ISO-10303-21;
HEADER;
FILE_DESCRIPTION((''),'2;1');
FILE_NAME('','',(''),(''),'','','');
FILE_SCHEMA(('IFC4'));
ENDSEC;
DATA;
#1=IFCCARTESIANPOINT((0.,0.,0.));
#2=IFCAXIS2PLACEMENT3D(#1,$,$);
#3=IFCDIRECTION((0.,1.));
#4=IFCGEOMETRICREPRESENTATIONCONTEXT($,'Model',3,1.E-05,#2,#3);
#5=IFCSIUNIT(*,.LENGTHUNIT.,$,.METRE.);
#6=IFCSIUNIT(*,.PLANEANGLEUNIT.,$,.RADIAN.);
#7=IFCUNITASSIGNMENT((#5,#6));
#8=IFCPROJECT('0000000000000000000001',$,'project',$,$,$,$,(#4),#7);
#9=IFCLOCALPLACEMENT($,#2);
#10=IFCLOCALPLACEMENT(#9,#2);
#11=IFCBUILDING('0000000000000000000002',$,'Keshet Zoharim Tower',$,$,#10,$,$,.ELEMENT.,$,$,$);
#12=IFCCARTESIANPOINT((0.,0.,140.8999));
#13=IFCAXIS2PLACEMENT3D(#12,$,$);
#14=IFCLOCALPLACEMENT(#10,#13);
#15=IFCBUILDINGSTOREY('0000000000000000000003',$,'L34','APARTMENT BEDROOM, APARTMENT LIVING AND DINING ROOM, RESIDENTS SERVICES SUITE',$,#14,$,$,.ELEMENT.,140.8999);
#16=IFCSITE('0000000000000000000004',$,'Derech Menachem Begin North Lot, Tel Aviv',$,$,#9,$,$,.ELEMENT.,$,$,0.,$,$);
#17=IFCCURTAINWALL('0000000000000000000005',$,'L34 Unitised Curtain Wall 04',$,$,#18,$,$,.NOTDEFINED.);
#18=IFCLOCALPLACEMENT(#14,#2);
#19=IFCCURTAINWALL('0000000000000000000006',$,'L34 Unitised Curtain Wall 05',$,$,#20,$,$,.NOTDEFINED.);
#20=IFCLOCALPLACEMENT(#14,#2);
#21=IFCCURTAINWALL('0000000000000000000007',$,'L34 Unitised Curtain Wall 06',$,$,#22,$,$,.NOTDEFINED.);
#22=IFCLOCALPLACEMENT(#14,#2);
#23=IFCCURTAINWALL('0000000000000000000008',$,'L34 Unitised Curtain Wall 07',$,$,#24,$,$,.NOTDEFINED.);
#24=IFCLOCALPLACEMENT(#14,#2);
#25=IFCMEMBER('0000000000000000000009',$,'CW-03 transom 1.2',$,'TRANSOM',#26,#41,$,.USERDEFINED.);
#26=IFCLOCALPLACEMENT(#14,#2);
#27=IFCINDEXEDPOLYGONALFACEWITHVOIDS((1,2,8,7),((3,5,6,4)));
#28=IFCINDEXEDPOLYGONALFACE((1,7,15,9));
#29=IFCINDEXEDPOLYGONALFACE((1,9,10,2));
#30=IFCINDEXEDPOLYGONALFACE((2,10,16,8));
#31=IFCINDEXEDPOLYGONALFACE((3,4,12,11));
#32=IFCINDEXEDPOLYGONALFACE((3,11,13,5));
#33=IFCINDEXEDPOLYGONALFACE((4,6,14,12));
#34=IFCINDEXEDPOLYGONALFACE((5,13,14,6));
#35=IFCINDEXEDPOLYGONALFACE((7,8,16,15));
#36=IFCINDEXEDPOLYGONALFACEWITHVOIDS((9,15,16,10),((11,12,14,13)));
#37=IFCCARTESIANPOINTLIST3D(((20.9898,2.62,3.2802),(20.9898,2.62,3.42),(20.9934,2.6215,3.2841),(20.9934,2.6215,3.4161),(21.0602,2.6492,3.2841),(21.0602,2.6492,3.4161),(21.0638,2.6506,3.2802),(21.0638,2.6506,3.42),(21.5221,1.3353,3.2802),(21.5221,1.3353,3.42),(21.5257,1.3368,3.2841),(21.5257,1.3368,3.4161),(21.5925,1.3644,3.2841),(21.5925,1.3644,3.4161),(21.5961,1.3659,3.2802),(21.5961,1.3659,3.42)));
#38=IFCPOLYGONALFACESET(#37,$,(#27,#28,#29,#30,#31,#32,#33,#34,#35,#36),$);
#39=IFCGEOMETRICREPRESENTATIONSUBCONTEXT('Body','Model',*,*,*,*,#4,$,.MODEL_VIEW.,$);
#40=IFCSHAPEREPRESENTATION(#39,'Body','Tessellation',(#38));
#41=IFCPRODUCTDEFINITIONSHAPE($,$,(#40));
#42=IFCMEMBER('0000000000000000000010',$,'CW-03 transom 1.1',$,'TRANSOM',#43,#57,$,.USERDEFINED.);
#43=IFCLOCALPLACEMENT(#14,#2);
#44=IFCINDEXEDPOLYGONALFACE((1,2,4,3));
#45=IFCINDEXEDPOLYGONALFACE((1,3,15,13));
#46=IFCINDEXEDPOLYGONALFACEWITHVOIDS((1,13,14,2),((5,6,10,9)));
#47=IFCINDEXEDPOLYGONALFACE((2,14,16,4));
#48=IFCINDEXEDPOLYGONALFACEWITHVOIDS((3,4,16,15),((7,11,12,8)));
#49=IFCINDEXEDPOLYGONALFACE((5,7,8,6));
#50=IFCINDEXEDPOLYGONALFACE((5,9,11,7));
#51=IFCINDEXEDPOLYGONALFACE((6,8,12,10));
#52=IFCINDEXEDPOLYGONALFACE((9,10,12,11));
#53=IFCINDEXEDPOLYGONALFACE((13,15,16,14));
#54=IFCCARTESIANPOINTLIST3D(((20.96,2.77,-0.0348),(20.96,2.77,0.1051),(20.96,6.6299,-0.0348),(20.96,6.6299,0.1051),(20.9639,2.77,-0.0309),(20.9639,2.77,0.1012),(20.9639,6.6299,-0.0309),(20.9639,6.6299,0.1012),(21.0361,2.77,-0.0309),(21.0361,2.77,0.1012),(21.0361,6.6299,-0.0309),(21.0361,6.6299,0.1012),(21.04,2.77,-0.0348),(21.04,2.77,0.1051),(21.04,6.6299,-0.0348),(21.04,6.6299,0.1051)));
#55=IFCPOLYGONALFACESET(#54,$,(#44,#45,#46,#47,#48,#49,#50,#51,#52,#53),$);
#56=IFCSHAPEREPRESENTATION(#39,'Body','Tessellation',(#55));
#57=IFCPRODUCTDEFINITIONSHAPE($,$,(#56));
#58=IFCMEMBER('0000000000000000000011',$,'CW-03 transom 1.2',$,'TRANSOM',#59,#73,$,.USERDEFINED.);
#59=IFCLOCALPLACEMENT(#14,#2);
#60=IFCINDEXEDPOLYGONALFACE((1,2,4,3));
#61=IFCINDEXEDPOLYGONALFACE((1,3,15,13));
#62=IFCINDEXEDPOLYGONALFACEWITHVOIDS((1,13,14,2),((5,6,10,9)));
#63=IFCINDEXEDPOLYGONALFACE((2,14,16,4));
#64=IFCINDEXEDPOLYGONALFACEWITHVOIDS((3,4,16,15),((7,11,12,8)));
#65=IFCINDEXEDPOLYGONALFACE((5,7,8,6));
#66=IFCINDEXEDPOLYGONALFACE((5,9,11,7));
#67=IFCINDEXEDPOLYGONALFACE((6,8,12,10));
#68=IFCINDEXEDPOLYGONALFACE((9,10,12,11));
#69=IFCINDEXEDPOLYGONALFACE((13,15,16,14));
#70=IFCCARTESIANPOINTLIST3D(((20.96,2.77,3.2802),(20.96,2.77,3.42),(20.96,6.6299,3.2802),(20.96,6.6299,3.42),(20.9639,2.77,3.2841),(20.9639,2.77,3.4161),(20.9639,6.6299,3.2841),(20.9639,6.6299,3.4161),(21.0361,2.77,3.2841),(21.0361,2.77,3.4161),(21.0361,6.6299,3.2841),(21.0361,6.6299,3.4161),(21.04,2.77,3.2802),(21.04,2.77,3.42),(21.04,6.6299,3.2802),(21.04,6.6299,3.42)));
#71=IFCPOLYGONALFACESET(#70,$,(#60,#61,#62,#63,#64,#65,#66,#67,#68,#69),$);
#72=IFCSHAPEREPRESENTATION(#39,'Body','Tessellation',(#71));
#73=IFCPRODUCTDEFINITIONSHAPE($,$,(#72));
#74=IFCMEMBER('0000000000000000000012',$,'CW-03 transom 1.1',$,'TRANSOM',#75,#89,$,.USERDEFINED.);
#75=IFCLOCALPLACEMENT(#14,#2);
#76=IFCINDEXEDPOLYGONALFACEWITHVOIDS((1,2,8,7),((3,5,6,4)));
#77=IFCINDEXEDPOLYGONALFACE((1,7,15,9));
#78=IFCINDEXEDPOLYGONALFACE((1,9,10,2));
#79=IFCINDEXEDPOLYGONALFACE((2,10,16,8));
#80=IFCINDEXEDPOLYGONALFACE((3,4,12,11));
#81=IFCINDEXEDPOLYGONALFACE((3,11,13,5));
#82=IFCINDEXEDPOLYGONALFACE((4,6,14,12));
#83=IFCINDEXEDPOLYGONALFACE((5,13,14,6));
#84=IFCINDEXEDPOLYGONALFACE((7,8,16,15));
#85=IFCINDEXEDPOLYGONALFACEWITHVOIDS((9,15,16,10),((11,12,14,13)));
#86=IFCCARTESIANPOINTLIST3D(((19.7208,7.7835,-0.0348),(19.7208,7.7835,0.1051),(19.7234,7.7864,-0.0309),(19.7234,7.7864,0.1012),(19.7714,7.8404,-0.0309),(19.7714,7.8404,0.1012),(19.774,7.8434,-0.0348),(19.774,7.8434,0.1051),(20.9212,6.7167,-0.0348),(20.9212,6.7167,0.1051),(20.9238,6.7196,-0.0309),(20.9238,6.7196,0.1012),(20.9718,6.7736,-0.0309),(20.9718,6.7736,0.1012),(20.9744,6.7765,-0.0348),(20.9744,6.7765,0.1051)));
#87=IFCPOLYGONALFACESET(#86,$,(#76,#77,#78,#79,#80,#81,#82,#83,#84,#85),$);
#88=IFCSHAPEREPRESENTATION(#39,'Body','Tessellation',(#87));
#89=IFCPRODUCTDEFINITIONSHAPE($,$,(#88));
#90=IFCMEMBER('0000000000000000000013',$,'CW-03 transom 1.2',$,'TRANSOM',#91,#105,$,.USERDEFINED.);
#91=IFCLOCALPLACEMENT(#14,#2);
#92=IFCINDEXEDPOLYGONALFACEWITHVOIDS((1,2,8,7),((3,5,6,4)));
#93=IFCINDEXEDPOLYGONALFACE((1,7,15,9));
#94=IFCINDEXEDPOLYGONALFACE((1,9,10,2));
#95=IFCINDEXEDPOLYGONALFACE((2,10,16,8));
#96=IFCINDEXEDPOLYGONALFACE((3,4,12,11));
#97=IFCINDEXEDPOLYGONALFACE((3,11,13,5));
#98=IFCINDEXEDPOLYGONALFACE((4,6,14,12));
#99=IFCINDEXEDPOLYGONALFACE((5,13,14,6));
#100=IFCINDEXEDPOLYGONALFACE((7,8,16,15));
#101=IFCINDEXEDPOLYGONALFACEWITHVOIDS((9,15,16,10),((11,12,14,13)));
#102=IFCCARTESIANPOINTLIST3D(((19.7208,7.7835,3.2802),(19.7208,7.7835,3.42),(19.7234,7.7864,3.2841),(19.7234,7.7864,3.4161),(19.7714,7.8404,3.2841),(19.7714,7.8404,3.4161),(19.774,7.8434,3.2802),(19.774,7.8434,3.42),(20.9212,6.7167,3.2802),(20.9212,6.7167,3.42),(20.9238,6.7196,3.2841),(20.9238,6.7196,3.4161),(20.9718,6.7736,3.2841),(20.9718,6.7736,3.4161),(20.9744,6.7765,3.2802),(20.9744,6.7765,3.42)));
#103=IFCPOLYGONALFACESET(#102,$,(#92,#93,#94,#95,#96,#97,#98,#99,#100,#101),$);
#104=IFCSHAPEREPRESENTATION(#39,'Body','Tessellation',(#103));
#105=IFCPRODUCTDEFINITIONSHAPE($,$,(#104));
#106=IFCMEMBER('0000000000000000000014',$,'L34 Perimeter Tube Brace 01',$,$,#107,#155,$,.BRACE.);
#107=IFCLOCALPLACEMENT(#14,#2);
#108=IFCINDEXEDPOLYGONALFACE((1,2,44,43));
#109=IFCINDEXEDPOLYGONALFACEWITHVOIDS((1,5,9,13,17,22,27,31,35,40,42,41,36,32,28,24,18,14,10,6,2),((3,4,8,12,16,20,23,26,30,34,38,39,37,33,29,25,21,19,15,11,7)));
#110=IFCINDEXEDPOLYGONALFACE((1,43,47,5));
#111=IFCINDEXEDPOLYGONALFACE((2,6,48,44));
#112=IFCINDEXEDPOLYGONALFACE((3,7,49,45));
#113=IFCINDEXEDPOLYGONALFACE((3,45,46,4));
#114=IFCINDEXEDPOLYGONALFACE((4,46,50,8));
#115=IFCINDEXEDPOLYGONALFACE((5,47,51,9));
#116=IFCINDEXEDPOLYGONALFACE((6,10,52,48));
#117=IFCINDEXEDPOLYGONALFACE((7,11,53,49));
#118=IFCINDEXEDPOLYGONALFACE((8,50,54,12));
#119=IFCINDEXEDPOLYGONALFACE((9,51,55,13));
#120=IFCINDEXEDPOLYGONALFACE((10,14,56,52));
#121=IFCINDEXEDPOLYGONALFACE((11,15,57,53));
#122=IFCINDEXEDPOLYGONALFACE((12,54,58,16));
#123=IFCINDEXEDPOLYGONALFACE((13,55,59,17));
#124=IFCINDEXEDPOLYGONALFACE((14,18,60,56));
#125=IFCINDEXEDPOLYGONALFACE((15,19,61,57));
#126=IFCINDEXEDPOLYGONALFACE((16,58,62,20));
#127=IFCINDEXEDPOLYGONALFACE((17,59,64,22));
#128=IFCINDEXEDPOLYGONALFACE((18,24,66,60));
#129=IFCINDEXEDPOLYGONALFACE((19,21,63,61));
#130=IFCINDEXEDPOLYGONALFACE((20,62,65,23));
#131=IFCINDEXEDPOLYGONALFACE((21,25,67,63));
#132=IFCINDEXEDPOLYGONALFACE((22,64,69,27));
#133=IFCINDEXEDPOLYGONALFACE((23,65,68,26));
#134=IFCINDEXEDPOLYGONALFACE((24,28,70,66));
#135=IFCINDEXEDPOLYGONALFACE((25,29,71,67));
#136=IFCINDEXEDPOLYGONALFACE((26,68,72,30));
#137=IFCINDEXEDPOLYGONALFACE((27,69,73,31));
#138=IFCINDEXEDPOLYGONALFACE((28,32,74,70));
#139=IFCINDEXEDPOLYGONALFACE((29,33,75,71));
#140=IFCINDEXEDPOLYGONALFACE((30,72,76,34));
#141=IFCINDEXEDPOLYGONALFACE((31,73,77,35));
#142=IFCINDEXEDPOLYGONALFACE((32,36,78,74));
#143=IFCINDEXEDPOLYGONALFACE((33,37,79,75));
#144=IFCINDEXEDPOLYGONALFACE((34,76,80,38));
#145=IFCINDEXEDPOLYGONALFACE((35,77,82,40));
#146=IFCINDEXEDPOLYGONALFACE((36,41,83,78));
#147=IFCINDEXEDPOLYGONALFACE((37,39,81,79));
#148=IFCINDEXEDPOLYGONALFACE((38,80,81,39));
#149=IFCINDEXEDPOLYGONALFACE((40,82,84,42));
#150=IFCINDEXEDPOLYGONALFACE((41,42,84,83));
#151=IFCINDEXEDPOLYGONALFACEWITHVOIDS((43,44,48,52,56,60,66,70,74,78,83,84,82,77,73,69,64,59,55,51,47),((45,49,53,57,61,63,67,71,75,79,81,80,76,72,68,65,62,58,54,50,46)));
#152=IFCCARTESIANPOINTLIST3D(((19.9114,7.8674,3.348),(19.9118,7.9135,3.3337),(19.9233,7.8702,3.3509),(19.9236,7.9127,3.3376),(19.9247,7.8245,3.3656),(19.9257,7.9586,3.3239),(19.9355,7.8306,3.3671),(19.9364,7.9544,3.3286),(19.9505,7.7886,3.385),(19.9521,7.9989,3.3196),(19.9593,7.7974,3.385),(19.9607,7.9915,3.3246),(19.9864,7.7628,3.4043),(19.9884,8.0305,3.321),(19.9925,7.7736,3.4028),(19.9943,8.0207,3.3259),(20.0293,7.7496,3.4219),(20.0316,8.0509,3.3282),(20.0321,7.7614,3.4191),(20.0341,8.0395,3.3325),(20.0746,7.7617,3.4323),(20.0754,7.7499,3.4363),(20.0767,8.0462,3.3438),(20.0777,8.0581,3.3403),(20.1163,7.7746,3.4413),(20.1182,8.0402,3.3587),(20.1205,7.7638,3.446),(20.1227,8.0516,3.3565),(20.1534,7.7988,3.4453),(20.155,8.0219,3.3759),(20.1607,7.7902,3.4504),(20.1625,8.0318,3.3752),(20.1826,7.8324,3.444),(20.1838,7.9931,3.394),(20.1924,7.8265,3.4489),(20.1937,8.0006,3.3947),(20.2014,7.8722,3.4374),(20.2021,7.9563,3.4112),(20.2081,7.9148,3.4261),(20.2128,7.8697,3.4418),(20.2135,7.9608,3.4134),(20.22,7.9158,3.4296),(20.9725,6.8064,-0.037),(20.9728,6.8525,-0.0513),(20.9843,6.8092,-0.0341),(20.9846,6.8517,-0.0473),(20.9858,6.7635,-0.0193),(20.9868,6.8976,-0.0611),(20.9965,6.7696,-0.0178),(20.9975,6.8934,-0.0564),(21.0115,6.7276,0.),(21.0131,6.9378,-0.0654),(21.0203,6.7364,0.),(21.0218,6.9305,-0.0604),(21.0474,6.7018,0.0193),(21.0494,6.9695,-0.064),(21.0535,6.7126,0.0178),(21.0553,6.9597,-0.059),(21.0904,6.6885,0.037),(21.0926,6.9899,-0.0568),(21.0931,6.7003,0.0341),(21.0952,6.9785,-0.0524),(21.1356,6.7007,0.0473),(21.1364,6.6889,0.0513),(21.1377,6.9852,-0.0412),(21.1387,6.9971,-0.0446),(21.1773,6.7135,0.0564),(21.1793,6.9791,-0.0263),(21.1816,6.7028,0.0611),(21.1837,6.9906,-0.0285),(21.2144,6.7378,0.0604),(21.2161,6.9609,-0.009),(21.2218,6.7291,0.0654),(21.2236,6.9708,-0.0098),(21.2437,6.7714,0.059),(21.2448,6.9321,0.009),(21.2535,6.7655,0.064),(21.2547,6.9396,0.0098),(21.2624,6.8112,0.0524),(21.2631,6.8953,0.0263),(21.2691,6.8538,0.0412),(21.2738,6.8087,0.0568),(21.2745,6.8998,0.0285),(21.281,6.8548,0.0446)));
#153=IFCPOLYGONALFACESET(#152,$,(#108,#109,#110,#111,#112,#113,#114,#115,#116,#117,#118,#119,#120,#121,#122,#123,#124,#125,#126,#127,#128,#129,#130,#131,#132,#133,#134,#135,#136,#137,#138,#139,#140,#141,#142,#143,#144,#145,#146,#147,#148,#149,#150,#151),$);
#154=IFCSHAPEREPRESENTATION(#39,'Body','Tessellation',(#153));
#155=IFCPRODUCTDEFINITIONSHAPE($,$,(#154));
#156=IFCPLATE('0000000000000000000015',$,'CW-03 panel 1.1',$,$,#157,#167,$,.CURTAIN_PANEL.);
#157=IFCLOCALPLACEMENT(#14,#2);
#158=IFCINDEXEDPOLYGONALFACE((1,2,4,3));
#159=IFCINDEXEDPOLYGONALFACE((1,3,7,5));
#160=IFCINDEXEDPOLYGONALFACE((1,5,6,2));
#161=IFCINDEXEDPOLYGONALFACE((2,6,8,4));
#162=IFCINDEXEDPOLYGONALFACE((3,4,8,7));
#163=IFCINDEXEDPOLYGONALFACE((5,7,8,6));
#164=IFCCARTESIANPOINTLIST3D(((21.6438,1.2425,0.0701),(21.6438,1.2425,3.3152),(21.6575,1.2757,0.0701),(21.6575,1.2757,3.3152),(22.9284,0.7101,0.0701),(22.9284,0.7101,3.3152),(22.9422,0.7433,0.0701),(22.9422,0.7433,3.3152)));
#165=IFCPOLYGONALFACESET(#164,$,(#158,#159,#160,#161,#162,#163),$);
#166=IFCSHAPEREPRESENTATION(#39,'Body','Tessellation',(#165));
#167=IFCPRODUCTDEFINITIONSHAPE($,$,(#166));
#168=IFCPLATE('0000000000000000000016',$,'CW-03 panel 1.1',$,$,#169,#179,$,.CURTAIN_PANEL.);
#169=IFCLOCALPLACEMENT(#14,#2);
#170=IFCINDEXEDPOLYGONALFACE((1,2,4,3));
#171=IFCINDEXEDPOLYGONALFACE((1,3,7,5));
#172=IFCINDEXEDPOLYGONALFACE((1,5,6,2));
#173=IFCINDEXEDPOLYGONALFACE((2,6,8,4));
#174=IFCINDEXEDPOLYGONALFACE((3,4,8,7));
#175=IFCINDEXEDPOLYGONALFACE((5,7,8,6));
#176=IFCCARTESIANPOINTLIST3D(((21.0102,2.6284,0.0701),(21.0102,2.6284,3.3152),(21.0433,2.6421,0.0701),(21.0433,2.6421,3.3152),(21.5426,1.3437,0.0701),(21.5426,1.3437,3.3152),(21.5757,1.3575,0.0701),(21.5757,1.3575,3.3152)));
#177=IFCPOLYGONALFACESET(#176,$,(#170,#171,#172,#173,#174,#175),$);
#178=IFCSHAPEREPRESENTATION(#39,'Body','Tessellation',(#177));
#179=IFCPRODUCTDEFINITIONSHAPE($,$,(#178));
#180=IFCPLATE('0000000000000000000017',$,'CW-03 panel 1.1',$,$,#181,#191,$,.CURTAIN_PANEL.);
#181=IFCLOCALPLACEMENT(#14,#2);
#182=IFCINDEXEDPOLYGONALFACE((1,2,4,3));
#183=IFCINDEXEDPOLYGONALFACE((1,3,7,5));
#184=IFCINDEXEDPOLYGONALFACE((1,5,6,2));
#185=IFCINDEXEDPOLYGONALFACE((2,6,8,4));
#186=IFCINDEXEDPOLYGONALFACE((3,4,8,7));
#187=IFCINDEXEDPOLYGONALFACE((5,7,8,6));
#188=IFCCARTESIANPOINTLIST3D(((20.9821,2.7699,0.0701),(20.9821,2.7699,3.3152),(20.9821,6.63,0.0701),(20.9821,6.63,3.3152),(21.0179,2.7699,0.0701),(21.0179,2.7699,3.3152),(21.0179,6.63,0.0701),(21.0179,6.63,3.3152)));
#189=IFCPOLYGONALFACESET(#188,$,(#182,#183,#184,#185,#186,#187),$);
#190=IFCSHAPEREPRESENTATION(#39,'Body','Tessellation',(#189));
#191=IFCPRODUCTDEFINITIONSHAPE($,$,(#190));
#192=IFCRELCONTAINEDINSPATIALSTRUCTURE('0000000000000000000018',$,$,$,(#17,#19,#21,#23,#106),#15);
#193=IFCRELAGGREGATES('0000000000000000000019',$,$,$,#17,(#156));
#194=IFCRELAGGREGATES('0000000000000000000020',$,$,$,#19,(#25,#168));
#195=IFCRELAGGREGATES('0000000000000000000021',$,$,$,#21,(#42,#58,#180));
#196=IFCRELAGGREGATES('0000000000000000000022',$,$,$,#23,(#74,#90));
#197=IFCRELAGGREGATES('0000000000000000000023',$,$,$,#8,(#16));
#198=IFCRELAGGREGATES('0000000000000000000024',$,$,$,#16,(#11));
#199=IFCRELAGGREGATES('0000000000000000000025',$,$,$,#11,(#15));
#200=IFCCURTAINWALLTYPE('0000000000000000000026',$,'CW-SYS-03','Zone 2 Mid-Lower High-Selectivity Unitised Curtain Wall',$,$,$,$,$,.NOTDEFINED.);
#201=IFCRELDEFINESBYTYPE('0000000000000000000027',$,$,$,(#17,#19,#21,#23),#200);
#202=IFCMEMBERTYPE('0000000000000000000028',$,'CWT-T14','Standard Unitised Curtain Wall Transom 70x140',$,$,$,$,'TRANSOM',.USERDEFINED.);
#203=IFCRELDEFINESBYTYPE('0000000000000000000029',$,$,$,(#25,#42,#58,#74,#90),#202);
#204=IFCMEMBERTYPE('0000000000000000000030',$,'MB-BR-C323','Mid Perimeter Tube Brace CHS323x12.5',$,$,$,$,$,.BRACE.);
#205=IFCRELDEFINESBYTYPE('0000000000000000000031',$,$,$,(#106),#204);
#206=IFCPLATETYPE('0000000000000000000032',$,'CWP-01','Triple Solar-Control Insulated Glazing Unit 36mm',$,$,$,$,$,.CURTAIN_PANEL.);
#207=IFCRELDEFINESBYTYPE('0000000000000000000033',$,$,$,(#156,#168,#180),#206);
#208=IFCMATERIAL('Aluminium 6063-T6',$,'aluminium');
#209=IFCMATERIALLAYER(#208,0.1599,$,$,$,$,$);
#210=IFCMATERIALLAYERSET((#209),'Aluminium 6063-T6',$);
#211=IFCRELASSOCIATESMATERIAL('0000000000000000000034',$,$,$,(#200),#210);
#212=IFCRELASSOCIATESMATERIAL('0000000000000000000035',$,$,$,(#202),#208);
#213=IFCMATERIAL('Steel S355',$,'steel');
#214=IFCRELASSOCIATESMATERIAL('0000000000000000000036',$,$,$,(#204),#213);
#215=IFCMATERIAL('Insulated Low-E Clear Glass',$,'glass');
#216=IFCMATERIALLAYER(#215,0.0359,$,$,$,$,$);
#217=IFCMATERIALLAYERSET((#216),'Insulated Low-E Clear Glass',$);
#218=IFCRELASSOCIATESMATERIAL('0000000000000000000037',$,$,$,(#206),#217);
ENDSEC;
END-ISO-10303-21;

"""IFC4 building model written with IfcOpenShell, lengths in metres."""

from ifc_helpers import new_model, si_unit, direction, frame, origin, origin_2d, place, context, subcontext, project, spatial, rectangle, hollow_rectangle, hollow_circle, extrude, material, layer, layer_set, material_profile, profile_set, type_object, element, aggregate, save


model = new_model("IFC4")

# Units and contexts
model_context = context("Model", 3, precision=1e-05, world=origin(), true_north=direction((0.0, 1.0)))
body_context = subcontext(model_context, "Body", "Model", "MODEL_VIEW")
ifc_project = project(units=[si_unit("LENGTHUNIT", "METRE"), si_unit("PLANEANGLEUNIT", "RADIAN")], contexts=[model_context])

# Site, building, storey
site_placement = place(None, origin())
site = spatial("IfcSite", under=ifc_project, at=site_placement, Name="Derech Menachem Begin North Lot, Tel Aviv", CompositionType="ELEMENT", RefElevation=0.0)
building_placement = place(site_placement, origin())
building = spatial("IfcBuilding", under=site, at=building_placement, Name="Keshet Zoharim Tower", CompositionType="ELEMENT")
storey_placement = place(building_placement, frame((0.0, 0.0, 140.8999)))
storey = spatial("IfcBuildingStorey", under=building, at=storey_placement, Name="L34", Description="APARTMENT BEDROOM, APARTMENT LIVING AND DINING ROOM, RESIDENTS SERVICES SUITE", CompositionType="ELEMENT", Elevation=140.8999)

# Shared definitions
ifc_material_1 = material(Name="Steel S355", Category="steel")

# Shared definitions
ifc_material_2 = material(Name="Aluminium 6063-T6", Category="aluminium")
ifc_layer_1 = layer(ifc_material_2, 0.1599)
ifc_layer_set_1 = layer_set([ifc_layer_1], Name="Aluminium 6063-T6")
curtain_wall_type = type_object("IfcCurtainWallType", Name="CW-SYS-03", Description="Zone 2 Mid-Lower High-Selectivity Unitised Curtain Wall", PredefinedType="NOTDEFINED", material=ifc_layer_set_1)

# Curtain walls
curtain_wall_1_placement = place(storey_placement, origin())
curtain_wall_1 = element("IfcCurtainWall", 1, at=curtain_wall_1_placement, inside=storey, type_object=curtain_wall_type, Name="L34 Unitised Curtain Wall 04", PredefinedType="NOTDEFINED")
curtain_wall_2_placement = place(storey_placement, origin())
curtain_wall_2 = element("IfcCurtainWall", 2, at=curtain_wall_2_placement, inside=storey, type_object=curtain_wall_type, Name="L34 Unitised Curtain Wall 05", PredefinedType="NOTDEFINED")
curtain_wall_3_placement = place(storey_placement, origin())
curtain_wall_3 = element("IfcCurtainWall", 3, at=curtain_wall_3_placement, inside=storey, type_object=curtain_wall_type, Name="L34 Unitised Curtain Wall 06", PredefinedType="NOTDEFINED")

# Curtain wall
curtain_wall_4_placement = place(storey_placement, origin())
curtain_wall_4 = element("IfcCurtainWall", 4, at=curtain_wall_4_placement, inside=storey, type_object=curtain_wall_type, Name="L34 Unitised Curtain Wall 07", PredefinedType="NOTDEFINED")

# Members
ifc_material_profile_1 = material_profile(ifc_material_2, hollow_rectangle(XDim=0.0801, YDim=0.1399, WallThickness=0.0039, at=origin_2d()), Name="TRN-80x140")
ifc_profile_set_1 = profile_set([ifc_material_profile_1], Name="Aluminium 6063-T6")
member_type_1 = type_object("IfcMemberType", Name="CWT-T14", Description="Standard Unitised Curtain Wall Transom 70x140", ElementType="TRANSOM", PredefinedType="USERDEFINED", material=ifc_profile_set_1)
member_1_placement = place(storey_placement, frame((21.5591, 1.3506, 3.3501), z_axis=(-0.382745, 0.923854, 0.0), x_axis=(-0.923854, -0.382745, 0.0)))
member_1 = element("IfcMember", 5, at=member_1_placement, type_object=member_type_1, Name="CW-03 transom 1.2", ObjectType="TRANSOM", PredefinedType="USERDEFINED", context=body_context, shape_type="SweptSolid", body=[
    extrude(hollow_rectangle(XDim=0.0801, YDim=0.1399, WallThickness=0.0039, at=origin_2d()), origin(), (0.0, 0.0, 1.0), 1.3906),
])
member_2_placement = place(storey_placement, frame((21.0, 2.77, 0.0352), z_axis=(0.0, 1.0, 0.0), x_axis=(-1.0, 0.0, 0.0)))
member_2 = element("IfcMember", 6, at=member_2_placement, type_object=member_type_1, Name="CW-03 transom 1.1", ObjectType="TRANSOM", PredefinedType="USERDEFINED", context=body_context, shape_type="SweptSolid", body=[
    extrude(hollow_rectangle(XDim=0.0801, YDim=0.1399, WallThickness=0.0039, at=origin_2d()), origin(), (0.0, 0.0, 1.0), 3.8599),
])
member_3_placement = place(storey_placement, frame((21.0, 2.77, 3.3501), z_axis=(0.0, 1.0, 0.0), x_axis=(-1.0, 0.0, 0.0)))
member_3 = element("IfcMember", 7, at=member_3_placement, type_object=member_type_1, Name="CW-03 transom 1.2", ObjectType="TRANSOM", PredefinedType="USERDEFINED", context=body_context, shape_type="SweptSolid", body=[
    extrude(hollow_rectangle(XDim=0.0801, YDim=0.1399, WallThickness=0.0039, at=origin_2d()), origin(), (0.0, 0.0, 1.0), 3.8599),
])
member_4_placement = place(storey_placement, frame((20.9478, 6.7466, 0.0352), z_axis=(-0.74746, 0.664307, 0.0), x_axis=(-0.664307, -0.74746, 0.0)))
member_4 = element("IfcMember", 8, at=member_4_placement, type_object=member_type_1, Name="CW-03 transom 1.1", ObjectType="TRANSOM", PredefinedType="USERDEFINED", context=body_context, shape_type="SweptSolid", body=[
    extrude(hollow_rectangle(XDim=0.0801, YDim=0.1399, WallThickness=0.0039, at=origin_2d()), origin(), (0.0, 0.0, 1.0), 1.606),
])
member_5_placement = place(storey_placement, frame((20.9478, 6.7466, 3.3501), z_axis=(-0.74746, 0.664307, 0.0), x_axis=(-0.664307, -0.74746, 0.0)))
member_5 = element("IfcMember", 9, at=member_5_placement, type_object=member_type_1, Name="CW-03 transom 1.2", ObjectType="TRANSOM", PredefinedType="USERDEFINED", context=body_context, shape_type="SweptSolid", body=[
    extrude(hollow_rectangle(XDim=0.0801, YDim=0.1399, WallThickness=0.0039, at=origin_2d()), origin(), (0.0, 0.0, 1.0), 1.606),
])
ifc_material_profile_2 = material_profile(ifc_material_1, hollow_circle(Radius=0.1619, WallThickness=0.0125, at=origin_2d()), Name="CHS323x12.5")
ifc_profile_set_2 = profile_set([ifc_material_profile_2], Name="Steel S355")
member_type_2 = type_object("IfcMemberType", Name="MB-BR-C323", Description="Mid Perimeter Tube Brace CHS323x12.5", PredefinedType="BRACE", material=ifc_profile_set_2)
member_6_placement = place(storey_placement, frame((21.126, 6.842, 0.0), z_axis=(-0.286558, 0.286558, 0.914204), x_axis=(-0.707107, -0.707107, 0.0)))
element("IfcMember", 10, at=member_6_placement, inside=storey, type_object=member_type_2, Name="L34 Perimeter Tube Brace 01", PredefinedType="BRACE", context=body_context, shape_type="SweptSolid", body=[
    extrude(hollow_circle(Radius=0.1619, WallThickness=0.0125, at=origin_2d()), origin(), (0.0, 0.0, 1.0), 3.7026),
])

# Plates
ifc_material_3 = material(Name="Insulated Low-E Clear Glass", Category="glass")
ifc_layer_2 = layer(ifc_material_3, 0.0359)
ifc_layer_set_2 = layer_set([ifc_layer_2], Name="Insulated Low-E Clear Glass")
plate_type_1 = type_object("IfcPlateType", Name="CWP-01", Description="Triple Solar-Control Insulated Glazing Unit 36mm", PredefinedType="CURTAIN_PANEL", material=ifc_layer_set_2)
plate_1_placement = place(storey_placement, frame((22.293, 0.9929, 0.0701), z_axis=(0.0, 0.0, 1.0), x_axis=(-0.92381, 0.382852, 0.0)))
plate_1 = element("IfcPlate", 11, at=plate_1_placement, type_object=plate_type_1, Name="CW-03 panel 1.1", PredefinedType="CURTAIN_PANEL", context=body_context, shape_type="SweptSolid", body=[
    extrude(rectangle(XDim=1.3906, YDim=0.0359, at=origin_2d()), origin(), (0.0, 0.0, 1.0), 3.2451),
])
aggregate(curtain_wall_1, [plate_1])
plate_2_placement = place(storey_placement, frame((21.293, 1.9929, 0.0701), z_axis=(0.0, 0.0, 1.0), x_axis=(-0.382852, 0.92381, 0.0)))
plate_2 = element("IfcPlate", 12, at=plate_2_placement, type_object=plate_type_1, Name="CW-03 panel 1.1", PredefinedType="CURTAIN_PANEL", context=body_context, shape_type="SweptSolid", body=[
    extrude(rectangle(XDim=1.3906, YDim=0.0359, at=origin_2d()), origin(), (0.0, 0.0, 1.0), 3.2451),
])
aggregate(curtain_wall_2, [member_1, plate_2])
plate_3_placement = place(storey_placement, frame((21.0, 4.7, 0.0701), z_axis=(0.0, 0.0, 1.0), x_axis=(0.0, 1.0, 0.0)))
plate_3 = element("IfcPlate", 13, at=plate_3_placement, type_object=plate_type_1, Name="CW-03 panel 1.1", PredefinedType="CURTAIN_PANEL", context=body_context, shape_type="SweptSolid", body=[
    extrude(rectangle(XDim=3.8601, YDim=0.0359, at=origin_2d()), origin(), (0.0, 0.0, 1.0), 3.2451),
])
aggregate(curtain_wall_3, [member_2, member_3, plate_3])
aggregate(curtain_wall_4, [member_4, member_5])

save(model, "model.ifc")
